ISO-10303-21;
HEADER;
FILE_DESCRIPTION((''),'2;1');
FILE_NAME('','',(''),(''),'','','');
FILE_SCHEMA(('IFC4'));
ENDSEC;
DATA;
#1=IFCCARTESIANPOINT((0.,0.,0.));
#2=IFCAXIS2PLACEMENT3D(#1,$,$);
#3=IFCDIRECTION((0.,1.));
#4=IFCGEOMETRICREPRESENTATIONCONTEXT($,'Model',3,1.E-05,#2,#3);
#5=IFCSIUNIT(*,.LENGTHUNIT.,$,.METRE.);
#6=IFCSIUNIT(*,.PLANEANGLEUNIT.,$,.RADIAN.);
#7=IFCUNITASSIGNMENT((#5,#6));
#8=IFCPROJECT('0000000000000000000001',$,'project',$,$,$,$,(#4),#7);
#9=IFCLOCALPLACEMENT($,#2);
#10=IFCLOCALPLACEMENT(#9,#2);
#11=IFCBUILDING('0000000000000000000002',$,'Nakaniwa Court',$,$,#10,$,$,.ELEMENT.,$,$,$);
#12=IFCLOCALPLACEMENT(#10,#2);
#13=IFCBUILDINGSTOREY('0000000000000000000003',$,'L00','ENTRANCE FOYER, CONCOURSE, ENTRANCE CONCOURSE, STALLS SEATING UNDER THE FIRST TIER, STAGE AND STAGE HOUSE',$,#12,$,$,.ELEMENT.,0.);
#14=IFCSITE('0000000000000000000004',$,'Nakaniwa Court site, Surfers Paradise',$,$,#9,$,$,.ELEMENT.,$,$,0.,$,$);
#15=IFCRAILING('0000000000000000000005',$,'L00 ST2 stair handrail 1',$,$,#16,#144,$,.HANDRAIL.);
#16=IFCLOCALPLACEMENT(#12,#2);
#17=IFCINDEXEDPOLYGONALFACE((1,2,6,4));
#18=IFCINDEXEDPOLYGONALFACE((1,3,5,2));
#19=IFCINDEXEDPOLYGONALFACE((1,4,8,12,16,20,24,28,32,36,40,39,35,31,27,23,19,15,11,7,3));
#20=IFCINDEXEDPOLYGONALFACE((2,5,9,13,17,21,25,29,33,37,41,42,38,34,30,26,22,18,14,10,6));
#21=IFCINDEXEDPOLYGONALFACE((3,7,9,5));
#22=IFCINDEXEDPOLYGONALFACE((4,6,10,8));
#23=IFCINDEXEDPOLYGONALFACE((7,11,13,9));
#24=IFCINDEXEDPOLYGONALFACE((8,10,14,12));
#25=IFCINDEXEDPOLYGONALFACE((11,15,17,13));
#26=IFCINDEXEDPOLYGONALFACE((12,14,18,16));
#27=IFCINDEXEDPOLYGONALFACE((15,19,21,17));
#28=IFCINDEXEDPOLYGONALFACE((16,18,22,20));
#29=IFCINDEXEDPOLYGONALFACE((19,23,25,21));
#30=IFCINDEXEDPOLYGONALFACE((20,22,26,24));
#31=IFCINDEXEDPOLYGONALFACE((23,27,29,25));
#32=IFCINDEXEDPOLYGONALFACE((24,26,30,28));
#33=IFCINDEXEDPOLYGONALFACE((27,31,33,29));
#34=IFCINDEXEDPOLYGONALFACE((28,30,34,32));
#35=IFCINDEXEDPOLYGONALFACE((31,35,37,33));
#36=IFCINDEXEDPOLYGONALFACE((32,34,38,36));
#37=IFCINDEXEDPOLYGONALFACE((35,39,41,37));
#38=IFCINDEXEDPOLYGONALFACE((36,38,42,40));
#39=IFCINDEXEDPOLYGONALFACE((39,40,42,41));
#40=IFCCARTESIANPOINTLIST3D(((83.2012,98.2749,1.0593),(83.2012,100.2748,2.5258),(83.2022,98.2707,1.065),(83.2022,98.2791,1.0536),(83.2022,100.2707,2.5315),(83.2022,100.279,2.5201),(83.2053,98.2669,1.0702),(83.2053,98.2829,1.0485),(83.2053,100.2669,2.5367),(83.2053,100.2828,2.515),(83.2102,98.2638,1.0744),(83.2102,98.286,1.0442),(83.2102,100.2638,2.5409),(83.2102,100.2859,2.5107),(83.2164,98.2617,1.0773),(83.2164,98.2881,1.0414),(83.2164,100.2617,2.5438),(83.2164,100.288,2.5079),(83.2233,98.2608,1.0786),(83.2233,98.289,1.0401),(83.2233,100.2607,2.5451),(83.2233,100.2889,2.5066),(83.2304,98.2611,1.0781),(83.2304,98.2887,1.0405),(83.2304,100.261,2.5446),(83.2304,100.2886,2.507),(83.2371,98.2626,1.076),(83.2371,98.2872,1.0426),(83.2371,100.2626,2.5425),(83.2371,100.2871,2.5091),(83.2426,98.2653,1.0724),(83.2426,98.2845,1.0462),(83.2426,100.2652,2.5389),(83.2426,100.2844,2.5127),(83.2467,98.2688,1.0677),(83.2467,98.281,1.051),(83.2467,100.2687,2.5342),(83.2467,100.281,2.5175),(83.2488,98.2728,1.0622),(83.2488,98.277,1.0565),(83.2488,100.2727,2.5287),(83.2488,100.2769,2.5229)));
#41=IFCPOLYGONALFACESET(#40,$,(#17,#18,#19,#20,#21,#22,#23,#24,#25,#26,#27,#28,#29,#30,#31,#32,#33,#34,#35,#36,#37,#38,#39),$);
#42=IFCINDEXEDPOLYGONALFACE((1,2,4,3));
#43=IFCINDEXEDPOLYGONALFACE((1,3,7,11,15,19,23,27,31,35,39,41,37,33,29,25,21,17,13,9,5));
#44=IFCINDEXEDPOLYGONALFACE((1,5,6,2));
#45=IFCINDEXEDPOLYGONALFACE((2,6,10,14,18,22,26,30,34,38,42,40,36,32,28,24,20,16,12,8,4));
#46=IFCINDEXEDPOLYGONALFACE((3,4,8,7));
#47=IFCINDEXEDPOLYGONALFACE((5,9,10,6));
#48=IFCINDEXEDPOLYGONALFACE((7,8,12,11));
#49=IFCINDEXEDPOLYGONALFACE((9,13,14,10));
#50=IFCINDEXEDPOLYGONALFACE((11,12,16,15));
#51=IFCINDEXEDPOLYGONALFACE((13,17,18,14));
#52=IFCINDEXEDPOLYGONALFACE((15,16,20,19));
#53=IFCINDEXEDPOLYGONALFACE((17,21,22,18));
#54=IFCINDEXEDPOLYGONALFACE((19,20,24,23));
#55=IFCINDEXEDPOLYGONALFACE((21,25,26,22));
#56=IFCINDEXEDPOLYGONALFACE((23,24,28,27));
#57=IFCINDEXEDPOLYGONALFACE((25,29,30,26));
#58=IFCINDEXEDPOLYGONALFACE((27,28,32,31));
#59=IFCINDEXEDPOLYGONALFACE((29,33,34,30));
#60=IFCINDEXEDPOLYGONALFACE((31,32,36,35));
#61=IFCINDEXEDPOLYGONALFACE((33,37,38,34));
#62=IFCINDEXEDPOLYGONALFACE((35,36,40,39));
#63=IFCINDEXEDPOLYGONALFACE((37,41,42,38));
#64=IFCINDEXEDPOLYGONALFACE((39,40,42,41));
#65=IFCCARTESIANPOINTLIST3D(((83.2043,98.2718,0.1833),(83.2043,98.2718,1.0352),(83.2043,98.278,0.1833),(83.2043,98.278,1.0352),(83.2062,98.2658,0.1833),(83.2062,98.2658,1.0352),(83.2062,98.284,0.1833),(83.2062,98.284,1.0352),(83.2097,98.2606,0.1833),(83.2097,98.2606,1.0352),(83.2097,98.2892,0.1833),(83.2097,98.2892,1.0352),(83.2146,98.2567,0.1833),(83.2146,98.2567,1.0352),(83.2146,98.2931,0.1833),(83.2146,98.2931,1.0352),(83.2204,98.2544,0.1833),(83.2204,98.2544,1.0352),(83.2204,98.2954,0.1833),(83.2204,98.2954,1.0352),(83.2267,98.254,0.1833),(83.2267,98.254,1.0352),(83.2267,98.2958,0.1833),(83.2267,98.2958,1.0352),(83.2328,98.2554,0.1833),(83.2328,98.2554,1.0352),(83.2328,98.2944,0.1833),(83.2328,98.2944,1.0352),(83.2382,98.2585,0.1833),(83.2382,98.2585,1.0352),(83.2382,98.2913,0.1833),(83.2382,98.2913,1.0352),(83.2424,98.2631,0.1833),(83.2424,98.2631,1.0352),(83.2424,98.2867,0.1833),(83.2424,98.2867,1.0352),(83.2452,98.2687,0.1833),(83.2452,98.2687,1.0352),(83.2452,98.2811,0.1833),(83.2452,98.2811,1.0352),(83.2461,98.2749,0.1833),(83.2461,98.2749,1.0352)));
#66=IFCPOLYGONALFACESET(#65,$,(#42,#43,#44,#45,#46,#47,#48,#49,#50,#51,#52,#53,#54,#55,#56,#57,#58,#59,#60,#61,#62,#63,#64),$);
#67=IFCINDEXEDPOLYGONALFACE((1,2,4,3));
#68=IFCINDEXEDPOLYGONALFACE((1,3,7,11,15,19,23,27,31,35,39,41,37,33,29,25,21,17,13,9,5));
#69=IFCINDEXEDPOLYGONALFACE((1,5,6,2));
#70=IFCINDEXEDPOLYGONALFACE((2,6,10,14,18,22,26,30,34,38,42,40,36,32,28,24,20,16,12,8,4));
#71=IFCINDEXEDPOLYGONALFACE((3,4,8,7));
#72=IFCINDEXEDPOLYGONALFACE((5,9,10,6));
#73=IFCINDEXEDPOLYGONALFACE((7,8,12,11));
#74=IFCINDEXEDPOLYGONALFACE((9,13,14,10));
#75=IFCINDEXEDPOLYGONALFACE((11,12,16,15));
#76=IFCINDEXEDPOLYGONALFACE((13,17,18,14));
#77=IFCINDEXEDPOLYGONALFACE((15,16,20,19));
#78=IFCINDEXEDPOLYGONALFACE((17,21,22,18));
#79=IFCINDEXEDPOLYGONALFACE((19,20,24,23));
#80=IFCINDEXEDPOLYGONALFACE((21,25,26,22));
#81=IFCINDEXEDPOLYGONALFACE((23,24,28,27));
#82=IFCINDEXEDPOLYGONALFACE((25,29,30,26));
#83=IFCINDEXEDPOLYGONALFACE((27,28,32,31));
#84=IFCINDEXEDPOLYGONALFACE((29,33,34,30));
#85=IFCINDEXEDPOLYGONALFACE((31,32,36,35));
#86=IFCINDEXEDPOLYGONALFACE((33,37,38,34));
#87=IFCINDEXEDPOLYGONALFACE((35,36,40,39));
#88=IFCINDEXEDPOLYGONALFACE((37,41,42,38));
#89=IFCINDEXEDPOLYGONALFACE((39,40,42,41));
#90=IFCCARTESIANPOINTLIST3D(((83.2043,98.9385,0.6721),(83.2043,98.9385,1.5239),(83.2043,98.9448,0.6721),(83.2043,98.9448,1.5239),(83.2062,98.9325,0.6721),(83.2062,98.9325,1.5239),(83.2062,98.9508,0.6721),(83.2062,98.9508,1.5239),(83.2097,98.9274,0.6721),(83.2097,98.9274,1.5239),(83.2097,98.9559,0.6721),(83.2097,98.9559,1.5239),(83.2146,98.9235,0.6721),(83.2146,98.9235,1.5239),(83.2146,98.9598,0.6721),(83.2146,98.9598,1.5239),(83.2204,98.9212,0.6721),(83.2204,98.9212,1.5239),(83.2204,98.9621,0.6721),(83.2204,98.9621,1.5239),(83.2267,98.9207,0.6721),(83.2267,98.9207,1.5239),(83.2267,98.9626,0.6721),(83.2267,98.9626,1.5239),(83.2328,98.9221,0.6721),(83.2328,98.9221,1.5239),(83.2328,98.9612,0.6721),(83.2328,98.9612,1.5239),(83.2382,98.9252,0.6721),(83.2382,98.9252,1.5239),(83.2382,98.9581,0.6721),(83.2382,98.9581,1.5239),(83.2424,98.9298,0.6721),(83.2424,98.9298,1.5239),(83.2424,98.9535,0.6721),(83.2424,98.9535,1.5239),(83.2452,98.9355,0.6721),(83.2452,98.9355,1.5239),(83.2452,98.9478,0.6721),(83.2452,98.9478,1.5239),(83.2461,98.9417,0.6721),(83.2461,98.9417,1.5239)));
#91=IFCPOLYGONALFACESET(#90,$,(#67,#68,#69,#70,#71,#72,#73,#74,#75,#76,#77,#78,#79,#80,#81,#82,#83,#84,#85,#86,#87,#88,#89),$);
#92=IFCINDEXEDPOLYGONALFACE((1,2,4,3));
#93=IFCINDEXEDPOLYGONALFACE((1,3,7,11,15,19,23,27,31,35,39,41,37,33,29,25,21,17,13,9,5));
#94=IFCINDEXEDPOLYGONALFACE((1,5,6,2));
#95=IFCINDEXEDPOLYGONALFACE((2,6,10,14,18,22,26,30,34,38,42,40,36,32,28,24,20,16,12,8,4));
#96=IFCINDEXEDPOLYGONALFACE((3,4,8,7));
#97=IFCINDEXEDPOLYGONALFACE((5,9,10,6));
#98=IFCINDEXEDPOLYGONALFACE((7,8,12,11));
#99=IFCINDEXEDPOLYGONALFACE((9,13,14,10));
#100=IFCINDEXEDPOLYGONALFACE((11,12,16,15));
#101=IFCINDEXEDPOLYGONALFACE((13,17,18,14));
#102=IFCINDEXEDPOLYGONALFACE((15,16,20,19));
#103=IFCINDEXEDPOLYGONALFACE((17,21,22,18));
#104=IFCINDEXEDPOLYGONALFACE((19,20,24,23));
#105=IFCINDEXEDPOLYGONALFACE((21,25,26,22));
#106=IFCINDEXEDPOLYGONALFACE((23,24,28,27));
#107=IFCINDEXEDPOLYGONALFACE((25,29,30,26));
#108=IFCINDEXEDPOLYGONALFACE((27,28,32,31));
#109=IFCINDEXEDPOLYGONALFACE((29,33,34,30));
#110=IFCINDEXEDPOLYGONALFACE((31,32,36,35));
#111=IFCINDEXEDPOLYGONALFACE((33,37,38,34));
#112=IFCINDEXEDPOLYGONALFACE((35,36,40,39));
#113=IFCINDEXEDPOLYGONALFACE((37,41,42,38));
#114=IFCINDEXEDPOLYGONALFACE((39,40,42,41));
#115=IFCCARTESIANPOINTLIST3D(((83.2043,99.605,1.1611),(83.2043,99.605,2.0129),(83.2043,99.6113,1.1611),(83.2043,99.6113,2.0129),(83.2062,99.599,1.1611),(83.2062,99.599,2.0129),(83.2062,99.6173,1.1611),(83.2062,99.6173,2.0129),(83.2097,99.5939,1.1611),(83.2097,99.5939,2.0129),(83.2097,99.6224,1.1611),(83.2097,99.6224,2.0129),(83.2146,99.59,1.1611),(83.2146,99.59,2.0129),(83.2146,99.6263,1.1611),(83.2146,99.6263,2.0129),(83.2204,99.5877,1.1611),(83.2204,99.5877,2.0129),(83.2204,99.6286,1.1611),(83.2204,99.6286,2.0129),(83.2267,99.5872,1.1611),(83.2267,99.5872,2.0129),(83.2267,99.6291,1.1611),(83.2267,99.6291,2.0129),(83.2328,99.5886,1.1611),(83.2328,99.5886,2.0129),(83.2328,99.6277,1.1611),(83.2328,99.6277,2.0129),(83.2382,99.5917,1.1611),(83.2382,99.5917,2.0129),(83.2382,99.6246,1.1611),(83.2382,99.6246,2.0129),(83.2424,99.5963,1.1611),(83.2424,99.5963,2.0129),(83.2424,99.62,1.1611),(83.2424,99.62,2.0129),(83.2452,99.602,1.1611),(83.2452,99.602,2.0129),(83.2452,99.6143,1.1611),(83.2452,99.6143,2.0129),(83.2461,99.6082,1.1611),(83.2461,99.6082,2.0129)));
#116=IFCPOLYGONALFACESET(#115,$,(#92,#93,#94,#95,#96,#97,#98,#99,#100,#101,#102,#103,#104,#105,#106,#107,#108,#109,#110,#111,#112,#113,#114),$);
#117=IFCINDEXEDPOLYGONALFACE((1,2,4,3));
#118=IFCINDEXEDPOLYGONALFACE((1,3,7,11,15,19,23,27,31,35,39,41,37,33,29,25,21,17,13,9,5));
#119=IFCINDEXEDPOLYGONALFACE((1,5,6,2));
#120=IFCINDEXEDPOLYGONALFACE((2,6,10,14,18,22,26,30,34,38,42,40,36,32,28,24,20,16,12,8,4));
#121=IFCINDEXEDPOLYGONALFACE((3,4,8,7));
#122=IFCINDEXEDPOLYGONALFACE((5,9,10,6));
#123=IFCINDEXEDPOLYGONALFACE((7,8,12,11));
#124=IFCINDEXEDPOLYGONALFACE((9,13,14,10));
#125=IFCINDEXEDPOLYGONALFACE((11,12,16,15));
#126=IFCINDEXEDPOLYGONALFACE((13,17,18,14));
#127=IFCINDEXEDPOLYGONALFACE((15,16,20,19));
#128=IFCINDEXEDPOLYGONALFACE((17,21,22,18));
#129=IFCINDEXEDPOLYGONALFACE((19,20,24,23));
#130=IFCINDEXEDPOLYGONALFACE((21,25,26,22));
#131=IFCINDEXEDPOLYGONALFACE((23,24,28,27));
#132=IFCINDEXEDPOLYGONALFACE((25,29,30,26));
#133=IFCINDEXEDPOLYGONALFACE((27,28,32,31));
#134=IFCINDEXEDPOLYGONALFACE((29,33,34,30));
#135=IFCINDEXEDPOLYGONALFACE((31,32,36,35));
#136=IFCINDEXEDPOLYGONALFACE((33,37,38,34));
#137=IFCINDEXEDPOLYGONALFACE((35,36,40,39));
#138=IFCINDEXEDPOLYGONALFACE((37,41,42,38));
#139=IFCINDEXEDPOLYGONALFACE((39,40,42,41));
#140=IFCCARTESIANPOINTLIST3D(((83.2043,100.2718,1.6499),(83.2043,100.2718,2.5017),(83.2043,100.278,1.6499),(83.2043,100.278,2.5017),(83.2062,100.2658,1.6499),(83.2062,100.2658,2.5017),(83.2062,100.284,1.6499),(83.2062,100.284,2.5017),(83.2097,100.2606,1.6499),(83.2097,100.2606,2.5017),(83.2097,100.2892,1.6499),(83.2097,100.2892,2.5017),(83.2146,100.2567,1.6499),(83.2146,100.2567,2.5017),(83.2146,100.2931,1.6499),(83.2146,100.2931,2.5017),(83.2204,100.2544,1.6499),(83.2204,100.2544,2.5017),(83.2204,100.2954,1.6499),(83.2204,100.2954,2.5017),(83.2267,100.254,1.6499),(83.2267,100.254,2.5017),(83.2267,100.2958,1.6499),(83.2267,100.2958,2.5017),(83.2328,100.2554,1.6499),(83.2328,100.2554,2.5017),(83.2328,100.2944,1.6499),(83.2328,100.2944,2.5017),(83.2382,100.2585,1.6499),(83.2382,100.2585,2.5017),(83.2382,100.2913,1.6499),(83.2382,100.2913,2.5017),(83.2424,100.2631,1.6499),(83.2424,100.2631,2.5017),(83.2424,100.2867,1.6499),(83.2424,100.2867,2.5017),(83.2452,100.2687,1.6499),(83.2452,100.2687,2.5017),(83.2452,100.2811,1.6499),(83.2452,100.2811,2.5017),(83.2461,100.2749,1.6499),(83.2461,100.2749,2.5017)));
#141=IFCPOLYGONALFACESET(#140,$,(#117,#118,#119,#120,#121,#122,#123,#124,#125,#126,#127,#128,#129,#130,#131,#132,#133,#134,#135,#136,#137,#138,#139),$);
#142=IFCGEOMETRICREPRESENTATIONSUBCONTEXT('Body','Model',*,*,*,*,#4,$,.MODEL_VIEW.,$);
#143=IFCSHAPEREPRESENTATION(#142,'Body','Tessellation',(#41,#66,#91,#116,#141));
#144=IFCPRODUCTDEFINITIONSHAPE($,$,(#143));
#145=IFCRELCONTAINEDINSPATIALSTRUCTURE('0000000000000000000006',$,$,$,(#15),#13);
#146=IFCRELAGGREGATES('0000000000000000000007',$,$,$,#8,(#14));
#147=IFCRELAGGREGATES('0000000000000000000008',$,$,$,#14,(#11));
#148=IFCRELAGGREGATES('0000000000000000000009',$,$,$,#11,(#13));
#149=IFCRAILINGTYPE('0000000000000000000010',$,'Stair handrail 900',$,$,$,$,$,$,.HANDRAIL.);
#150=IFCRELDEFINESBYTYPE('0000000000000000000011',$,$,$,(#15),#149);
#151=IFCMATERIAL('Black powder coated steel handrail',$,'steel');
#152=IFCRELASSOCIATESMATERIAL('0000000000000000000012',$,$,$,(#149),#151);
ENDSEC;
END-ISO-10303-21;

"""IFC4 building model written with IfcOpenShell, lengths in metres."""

from ifc_helpers import new_model, si_unit, direction, frame, origin, origin_2d, place, context, subcontext, project, spatial, circle, extrude, material, type_object, element, save


model = new_model("IFC4")

# Units and contexts
model_context = context("Model", 3, precision=1e-05, world=origin(), true_north=direction((0.0, 1.0)))
body_context = subcontext(model_context, "Body", "Model", "MODEL_VIEW")
ifc_project = project(units=[si_unit("LENGTHUNIT", "METRE"), si_unit("PLANEANGLEUNIT", "RADIAN")], contexts=[model_context])

# Site, building, storey
site_placement = place(None, origin())
site = spatial("IfcSite", under=ifc_project, at=site_placement, Name="Nakaniwa Court site, Surfers Paradise", CompositionType="ELEMENT", RefElevation=0.0)
building_placement = place(site_placement, origin())
building = spatial("IfcBuilding", under=site, at=building_placement, Name="Nakaniwa Court", CompositionType="ELEMENT")
storey_placement = place(building_placement, origin())
storey = spatial("IfcBuildingStorey", under=building, at=storey_placement, Name="L00", Description="ENTRANCE FOYER, CONCOURSE, ENTRANCE CONCOURSE, STALLS SEATING UNDER THE FIRST TIER, STAGE AND STAGE HOUSE", CompositionType="ELEMENT", Elevation=0.0)

# Railing
ifc_material_1 = material(Name="Black powder coated steel handrail", Category="steel")
railing_type_1 = type_object("IfcRailingType", Name="Stair handrail 900", PredefinedType="HANDRAIL", material=ifc_material_1)
for number, where, name in (
    (1, (83.2251, 98.2749, 0.1833), "L00 ST2 stair handrail 1"),
):
    element("IfcRailing", number, at=place(storey_placement, frame(where)), inside=storey, type_object=railing_type_1, Name=name, PredefinedType="HANDRAIL", context=body_context, shape_type="SweptSolid", body=[
        extrude(circle(Radius=0.0239, at=origin_2d()), frame((0.0, 0.0, 0.876), z_axis=(0.0, 0.806427, 0.591334), x_axis=(-1.0, 0.0, 0.0)), (0.0, 0.0, 1.0), 2.48),
        extrude(circle(Radius=0.021, at=origin_2d()), origin(), (0.0, 0.0, 1.0), 0.8518),
        extrude(circle(Radius=0.021, at=origin_2d()), frame((0.0, 0.6667, 0.4888)), (0.0, 0.0, 1.0), 0.8518),
        extrude(circle(Radius=0.021, at=origin_2d()), frame((0.0, 1.3333, 0.9778)), (0.0, 0.0, 1.0), 0.8518),
        extrude(circle(Radius=0.021, at=origin_2d()), frame((0.0, 2.0, 1.4666)), (0.0, 0.0, 1.0), 0.8518),
    ])

save(model, "model.ifc")
